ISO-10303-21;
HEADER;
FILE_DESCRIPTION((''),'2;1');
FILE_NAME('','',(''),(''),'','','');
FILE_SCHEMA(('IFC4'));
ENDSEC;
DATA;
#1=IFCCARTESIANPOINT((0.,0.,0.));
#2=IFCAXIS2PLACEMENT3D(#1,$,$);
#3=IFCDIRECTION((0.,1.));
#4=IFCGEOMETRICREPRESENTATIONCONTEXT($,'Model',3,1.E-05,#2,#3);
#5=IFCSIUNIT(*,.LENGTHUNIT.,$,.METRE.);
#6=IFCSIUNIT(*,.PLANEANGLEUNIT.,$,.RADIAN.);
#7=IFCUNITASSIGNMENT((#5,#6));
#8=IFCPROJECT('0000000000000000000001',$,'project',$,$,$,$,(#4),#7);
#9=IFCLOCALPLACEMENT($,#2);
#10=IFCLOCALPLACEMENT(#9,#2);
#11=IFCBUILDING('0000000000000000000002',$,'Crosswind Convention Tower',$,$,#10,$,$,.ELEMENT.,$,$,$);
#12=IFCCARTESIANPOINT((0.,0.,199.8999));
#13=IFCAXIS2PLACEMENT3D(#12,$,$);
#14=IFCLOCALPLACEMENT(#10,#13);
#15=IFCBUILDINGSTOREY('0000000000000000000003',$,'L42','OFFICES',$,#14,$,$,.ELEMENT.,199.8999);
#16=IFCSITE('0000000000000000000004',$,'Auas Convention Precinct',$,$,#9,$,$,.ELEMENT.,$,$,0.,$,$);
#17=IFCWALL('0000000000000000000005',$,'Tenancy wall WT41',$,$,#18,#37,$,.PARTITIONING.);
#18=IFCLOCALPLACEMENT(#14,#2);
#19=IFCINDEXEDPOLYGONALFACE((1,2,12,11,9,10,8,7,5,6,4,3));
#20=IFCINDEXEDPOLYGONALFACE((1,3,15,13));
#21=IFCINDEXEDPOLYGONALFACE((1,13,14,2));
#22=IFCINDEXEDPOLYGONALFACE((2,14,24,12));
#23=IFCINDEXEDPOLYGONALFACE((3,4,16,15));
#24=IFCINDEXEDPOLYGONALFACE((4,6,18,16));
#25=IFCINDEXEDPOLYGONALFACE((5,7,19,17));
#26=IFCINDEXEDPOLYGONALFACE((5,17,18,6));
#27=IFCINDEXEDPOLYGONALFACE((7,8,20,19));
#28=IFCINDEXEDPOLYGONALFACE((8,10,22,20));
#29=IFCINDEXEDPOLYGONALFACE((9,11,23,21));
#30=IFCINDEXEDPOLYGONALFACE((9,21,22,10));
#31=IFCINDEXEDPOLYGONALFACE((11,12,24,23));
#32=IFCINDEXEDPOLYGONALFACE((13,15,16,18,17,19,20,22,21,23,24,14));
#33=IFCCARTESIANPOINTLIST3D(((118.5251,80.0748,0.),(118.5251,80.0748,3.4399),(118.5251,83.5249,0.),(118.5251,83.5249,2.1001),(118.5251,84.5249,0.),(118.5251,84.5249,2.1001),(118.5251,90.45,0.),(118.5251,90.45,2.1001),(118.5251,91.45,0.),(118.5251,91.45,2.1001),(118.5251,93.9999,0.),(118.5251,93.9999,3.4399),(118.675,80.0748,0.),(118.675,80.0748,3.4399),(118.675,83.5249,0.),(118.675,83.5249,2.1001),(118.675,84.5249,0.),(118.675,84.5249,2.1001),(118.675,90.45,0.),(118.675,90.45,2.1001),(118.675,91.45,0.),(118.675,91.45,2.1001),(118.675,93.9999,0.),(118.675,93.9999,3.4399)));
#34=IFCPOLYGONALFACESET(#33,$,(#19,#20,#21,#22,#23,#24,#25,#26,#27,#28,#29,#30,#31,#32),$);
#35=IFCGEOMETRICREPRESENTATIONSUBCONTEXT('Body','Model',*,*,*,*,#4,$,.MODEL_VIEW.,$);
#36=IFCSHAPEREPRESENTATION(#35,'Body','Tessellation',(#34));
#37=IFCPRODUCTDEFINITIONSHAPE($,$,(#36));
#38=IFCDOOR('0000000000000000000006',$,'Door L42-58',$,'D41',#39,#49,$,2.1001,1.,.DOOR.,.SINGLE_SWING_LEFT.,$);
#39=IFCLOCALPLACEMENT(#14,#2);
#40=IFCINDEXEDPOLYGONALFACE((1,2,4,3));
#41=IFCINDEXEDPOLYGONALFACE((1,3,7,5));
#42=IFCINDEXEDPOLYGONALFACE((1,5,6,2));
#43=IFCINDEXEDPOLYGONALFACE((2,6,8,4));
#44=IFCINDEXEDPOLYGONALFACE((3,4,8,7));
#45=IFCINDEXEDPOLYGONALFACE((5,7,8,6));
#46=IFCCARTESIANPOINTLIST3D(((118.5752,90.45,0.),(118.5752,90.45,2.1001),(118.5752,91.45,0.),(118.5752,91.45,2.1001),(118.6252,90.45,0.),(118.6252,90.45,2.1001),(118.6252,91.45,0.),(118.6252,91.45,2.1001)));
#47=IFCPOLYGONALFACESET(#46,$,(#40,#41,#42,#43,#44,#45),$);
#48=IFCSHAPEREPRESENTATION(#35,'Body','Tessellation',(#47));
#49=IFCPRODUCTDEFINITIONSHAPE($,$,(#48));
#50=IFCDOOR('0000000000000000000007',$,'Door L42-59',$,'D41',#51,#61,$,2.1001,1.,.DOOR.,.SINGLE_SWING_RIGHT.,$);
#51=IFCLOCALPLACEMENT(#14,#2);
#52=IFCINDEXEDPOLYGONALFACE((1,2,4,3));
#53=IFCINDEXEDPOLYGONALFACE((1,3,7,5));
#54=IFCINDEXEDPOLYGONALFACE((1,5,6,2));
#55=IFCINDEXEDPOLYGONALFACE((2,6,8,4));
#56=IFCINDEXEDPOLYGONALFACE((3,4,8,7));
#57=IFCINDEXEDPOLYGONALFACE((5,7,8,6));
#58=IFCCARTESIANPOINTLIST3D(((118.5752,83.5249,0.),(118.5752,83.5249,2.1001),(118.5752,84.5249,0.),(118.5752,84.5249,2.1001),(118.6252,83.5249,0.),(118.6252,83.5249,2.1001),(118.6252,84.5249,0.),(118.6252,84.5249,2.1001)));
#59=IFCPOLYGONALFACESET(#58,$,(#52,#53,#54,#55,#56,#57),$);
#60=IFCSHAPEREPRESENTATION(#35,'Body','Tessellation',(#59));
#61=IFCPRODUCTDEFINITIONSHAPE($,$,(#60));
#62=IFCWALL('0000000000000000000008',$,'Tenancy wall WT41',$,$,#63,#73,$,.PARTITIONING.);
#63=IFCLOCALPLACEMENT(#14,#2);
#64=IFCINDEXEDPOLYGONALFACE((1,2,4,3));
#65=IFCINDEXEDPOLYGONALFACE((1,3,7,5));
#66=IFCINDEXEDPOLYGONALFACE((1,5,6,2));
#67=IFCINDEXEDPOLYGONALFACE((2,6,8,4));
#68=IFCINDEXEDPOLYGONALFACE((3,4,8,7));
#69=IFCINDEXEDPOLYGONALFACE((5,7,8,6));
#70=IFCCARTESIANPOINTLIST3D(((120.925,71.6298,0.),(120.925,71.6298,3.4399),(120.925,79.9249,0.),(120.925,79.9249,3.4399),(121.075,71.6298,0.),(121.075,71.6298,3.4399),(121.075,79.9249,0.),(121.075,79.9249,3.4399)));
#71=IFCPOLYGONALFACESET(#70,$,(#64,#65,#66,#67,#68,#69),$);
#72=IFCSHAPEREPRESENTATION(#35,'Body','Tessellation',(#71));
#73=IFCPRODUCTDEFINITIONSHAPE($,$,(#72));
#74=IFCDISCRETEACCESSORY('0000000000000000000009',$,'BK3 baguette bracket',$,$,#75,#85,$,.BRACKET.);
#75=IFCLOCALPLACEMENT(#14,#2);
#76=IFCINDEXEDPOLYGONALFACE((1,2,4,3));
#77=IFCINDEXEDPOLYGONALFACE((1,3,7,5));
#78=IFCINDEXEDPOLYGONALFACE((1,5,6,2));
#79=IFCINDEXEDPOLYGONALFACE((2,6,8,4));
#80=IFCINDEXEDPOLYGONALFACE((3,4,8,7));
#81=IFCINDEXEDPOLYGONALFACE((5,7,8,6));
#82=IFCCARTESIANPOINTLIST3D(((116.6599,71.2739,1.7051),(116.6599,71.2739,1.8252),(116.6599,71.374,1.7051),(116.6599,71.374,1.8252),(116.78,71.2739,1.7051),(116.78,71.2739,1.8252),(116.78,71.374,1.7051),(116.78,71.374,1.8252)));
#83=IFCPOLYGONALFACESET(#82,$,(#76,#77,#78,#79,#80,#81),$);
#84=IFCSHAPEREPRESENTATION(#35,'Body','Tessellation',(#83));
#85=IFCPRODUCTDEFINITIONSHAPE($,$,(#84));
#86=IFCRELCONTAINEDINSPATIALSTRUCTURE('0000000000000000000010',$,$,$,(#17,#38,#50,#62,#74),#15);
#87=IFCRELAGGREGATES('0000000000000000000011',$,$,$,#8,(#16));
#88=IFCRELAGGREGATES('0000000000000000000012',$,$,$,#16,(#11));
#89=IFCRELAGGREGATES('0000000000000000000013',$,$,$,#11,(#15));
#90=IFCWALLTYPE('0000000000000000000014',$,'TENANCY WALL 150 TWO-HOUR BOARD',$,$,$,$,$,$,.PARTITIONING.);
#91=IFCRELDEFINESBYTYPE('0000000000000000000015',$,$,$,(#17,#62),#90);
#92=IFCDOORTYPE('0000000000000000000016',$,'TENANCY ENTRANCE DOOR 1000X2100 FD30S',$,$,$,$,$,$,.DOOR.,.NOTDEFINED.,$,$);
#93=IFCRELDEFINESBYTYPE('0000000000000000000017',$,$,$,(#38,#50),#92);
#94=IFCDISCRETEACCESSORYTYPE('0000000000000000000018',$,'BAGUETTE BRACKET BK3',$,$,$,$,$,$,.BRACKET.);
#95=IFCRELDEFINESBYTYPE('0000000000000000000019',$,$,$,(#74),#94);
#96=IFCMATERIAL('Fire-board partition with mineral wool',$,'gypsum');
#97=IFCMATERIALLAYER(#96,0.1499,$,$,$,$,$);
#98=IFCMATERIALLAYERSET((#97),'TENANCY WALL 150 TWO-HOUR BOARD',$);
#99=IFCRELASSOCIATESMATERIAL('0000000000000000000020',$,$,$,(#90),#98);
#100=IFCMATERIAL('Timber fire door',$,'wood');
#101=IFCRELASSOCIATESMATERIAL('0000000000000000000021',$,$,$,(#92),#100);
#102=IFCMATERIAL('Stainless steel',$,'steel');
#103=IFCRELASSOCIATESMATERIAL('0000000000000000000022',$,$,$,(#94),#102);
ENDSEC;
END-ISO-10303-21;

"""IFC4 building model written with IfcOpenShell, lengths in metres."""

from ifc_helpers import new_model, si_unit, direction, frame, frame_2d, origin, origin_2d, place, context, subcontext, project, spatial, rectangle, extrude, material, layer, layer_set, type_object, element, fill, save


model = new_model("IFC4")

# Units and contexts
model_context = context("Model", 3, precision=1e-05, world=origin(), true_north=direction((0.0, 1.0)))
body_context = subcontext(model_context, "Body", "Model", "MODEL_VIEW")
ifc_project = project(units=[si_unit("LENGTHUNIT", "METRE"), si_unit("PLANEANGLEUNIT", "RADIAN")], contexts=[model_context])

# Site, building, storey
site_placement = place(None, origin())
site = spatial("IfcSite", under=ifc_project, at=site_placement, Name="Auas Convention Precinct", CompositionType="ELEMENT", RefElevation=0.0)
building_placement = place(site_placement, origin())
building = spatial("IfcBuilding", under=site, at=building_placement, Name="Crosswind Convention Tower", CompositionType="ELEMENT")
storey_placement = place(building_placement, frame((0.0, 0.0, 199.8999)))
storey = spatial("IfcBuildingStorey", under=building, at=storey_placement, Name="L42", Description="OFFICES", CompositionType="ELEMENT", Elevation=199.8999)

# Wall, openings, doors
ifc_material_1 = material(Name="Fire-board partition with mineral wool", Category="gypsum")
ifc_layer_1 = layer(ifc_material_1, 0.1499)
ifc_layer_set_1 = layer_set([ifc_layer_1], Name="TENANCY WALL 150 TWO-HOUR BOARD")
wall_type = type_object("IfcWallType", Name="TENANCY WALL 150 TWO-HOUR BOARD", PredefinedType="PARTITIONING", material=ifc_layer_set_1)
wall_1_placement = place(storey_placement, frame((118.6001, 80.075, 0.0), z_axis=(0.0, 0.0, 1.0), x_axis=(0.0, 1.0, 0.0)))
wall_1 = element("IfcWall", 1, at=wall_1_placement, inside=storey, type_object=wall_type, Name="Tenancy wall WT41", PredefinedType="PARTITIONING", context=body_context, shape_type="SweptSolid", body=[
    extrude(rectangle(XDim=13.925, YDim=0.1499, at=frame_2d((6.9624, 0.0))), origin(), (0.0, 0.0, 1.0), 3.4399),
])
opening_1_placement = place(wall_1_placement, frame((10.375, 0.0, 0.0)))
opening_1 = element("IfcOpeningElement", 2, at=opening_1_placement, cuts=wall_1, PredefinedType="OPENING", context=body_context, shape_type="SweptSolid", body=[
    extrude(rectangle(XDim=1.0, YDim=2.1001, at=frame_2d((0.5, 1.05))), frame((0.0, 0.085, 0.0), z_axis=(0.0, -1.0, 0.0), x_axis=(1.0, 0.0, 0.0)), (0.0, 0.0, 1.0), 0.1699),
])
opening_2_placement = place(wall_1_placement, frame((3.45, 0.0, 0.0)))
opening_2 = element("IfcOpeningElement", 3, at=opening_2_placement, cuts=wall_1, PredefinedType="OPENING", context=body_context, shape_type="SweptSolid", body=[
    extrude(rectangle(XDim=1.0, YDim=2.1001, at=frame_2d((0.5, 1.05))), frame((0.0, 0.085, 0.0), z_axis=(0.0, -1.0, 0.0), x_axis=(1.0, 0.0, 0.0)), (0.0, 0.0, 1.0), 0.1699),
])
ifc_material_2 = material(Name="Timber fire door", Category="wood")
door_type = type_object("IfcDoorType", Name="TENANCY ENTRANCE DOOR 1000X2100 FD30S", OperationType="NOTDEFINED", PredefinedType="DOOR", material=ifc_material_2)
door_1_placement = place(opening_1_placement, origin())
door_1 = element("IfcDoor", 4, at=door_1_placement, inside=storey, type_object=door_type, Name="Door L42-58", ObjectType="D41", OperationType="SINGLE_SWING_LEFT", OverallHeight=2.1001, OverallWidth=1.0, PredefinedType="DOOR", context=body_context, shape_type="SweptSolid", body=[
    extrude(rectangle(XDim=1.0, YDim=2.1001, at=frame_2d((0.5, 1.05))), frame((0.0, 0.0249, 0.0), z_axis=(0.0, -1.0, 0.0), x_axis=(1.0, 0.0, 0.0)), (0.0, 0.0, 1.0), 0.05),
])
fill(opening_1, door_1)
door_2_placement = place(opening_2_placement, origin())
door_2 = element("IfcDoor", 5, at=door_2_placement, inside=storey, type_object=door_type, Name="Door L42-59", ObjectType="D41", OperationType="SINGLE_SWING_RIGHT", OverallHeight=2.1001, OverallWidth=1.0, PredefinedType="DOOR", context=body_context, shape_type="SweptSolid", body=[
    extrude(rectangle(XDim=1.0, YDim=2.1001, at=frame_2d((0.5, 1.05))), frame((0.0, 0.0249, 0.0), z_axis=(0.0, -1.0, 0.0), x_axis=(1.0, 0.0, 0.0)), (0.0, 0.0, 1.0), 0.05),
])
fill(opening_2, door_2)

# Wall
wall_2_placement = place(storey_placement, frame((121.0, 71.6299, 0.0), z_axis=(0.0, 0.0, 1.0), x_axis=(0.0, 1.0, 0.0)))
element("IfcWall", 6, at=wall_2_placement, inside=storey, type_object=wall_type, Name="Tenancy wall WT41", PredefinedType="PARTITIONING", context=body_context, shape_type="SweptSolid", body=[
    extrude(rectangle(XDim=8.2952, YDim=0.1499, at=frame_2d((4.1475, 0.0))), origin(), (0.0, 0.0, 1.0), 3.4399),
])

# Discrete accessory
ifc_material_3 = material(Name="Stainless steel", Category="steel")
discrete_accessory_type = type_object("IfcDiscreteAccessoryType", Name="BAGUETTE BRACKET BK3", PredefinedType="BRACKET", material=ifc_material_3)
discrete_accessory_placement = place(storey_placement, frame((116.72, 71.324, 1.7051), z_axis=(0.0, 0.0, 1.0), x_axis=(1.0, 0.0, 0.0)))
element("IfcDiscreteAccessory", 7, at=discrete_accessory_placement, inside=storey, type_object=discrete_accessory_type, Name="BK3 baguette bracket", PredefinedType="BRACKET", context=body_context, shape_type="SweptSolid", body=[
    extrude(rectangle(XDim=0.1201, YDim=0.1001, at=origin_2d()), origin(), (0.0, 0.0, 1.0), 0.1201),
])

save(model, "model.ifc")
